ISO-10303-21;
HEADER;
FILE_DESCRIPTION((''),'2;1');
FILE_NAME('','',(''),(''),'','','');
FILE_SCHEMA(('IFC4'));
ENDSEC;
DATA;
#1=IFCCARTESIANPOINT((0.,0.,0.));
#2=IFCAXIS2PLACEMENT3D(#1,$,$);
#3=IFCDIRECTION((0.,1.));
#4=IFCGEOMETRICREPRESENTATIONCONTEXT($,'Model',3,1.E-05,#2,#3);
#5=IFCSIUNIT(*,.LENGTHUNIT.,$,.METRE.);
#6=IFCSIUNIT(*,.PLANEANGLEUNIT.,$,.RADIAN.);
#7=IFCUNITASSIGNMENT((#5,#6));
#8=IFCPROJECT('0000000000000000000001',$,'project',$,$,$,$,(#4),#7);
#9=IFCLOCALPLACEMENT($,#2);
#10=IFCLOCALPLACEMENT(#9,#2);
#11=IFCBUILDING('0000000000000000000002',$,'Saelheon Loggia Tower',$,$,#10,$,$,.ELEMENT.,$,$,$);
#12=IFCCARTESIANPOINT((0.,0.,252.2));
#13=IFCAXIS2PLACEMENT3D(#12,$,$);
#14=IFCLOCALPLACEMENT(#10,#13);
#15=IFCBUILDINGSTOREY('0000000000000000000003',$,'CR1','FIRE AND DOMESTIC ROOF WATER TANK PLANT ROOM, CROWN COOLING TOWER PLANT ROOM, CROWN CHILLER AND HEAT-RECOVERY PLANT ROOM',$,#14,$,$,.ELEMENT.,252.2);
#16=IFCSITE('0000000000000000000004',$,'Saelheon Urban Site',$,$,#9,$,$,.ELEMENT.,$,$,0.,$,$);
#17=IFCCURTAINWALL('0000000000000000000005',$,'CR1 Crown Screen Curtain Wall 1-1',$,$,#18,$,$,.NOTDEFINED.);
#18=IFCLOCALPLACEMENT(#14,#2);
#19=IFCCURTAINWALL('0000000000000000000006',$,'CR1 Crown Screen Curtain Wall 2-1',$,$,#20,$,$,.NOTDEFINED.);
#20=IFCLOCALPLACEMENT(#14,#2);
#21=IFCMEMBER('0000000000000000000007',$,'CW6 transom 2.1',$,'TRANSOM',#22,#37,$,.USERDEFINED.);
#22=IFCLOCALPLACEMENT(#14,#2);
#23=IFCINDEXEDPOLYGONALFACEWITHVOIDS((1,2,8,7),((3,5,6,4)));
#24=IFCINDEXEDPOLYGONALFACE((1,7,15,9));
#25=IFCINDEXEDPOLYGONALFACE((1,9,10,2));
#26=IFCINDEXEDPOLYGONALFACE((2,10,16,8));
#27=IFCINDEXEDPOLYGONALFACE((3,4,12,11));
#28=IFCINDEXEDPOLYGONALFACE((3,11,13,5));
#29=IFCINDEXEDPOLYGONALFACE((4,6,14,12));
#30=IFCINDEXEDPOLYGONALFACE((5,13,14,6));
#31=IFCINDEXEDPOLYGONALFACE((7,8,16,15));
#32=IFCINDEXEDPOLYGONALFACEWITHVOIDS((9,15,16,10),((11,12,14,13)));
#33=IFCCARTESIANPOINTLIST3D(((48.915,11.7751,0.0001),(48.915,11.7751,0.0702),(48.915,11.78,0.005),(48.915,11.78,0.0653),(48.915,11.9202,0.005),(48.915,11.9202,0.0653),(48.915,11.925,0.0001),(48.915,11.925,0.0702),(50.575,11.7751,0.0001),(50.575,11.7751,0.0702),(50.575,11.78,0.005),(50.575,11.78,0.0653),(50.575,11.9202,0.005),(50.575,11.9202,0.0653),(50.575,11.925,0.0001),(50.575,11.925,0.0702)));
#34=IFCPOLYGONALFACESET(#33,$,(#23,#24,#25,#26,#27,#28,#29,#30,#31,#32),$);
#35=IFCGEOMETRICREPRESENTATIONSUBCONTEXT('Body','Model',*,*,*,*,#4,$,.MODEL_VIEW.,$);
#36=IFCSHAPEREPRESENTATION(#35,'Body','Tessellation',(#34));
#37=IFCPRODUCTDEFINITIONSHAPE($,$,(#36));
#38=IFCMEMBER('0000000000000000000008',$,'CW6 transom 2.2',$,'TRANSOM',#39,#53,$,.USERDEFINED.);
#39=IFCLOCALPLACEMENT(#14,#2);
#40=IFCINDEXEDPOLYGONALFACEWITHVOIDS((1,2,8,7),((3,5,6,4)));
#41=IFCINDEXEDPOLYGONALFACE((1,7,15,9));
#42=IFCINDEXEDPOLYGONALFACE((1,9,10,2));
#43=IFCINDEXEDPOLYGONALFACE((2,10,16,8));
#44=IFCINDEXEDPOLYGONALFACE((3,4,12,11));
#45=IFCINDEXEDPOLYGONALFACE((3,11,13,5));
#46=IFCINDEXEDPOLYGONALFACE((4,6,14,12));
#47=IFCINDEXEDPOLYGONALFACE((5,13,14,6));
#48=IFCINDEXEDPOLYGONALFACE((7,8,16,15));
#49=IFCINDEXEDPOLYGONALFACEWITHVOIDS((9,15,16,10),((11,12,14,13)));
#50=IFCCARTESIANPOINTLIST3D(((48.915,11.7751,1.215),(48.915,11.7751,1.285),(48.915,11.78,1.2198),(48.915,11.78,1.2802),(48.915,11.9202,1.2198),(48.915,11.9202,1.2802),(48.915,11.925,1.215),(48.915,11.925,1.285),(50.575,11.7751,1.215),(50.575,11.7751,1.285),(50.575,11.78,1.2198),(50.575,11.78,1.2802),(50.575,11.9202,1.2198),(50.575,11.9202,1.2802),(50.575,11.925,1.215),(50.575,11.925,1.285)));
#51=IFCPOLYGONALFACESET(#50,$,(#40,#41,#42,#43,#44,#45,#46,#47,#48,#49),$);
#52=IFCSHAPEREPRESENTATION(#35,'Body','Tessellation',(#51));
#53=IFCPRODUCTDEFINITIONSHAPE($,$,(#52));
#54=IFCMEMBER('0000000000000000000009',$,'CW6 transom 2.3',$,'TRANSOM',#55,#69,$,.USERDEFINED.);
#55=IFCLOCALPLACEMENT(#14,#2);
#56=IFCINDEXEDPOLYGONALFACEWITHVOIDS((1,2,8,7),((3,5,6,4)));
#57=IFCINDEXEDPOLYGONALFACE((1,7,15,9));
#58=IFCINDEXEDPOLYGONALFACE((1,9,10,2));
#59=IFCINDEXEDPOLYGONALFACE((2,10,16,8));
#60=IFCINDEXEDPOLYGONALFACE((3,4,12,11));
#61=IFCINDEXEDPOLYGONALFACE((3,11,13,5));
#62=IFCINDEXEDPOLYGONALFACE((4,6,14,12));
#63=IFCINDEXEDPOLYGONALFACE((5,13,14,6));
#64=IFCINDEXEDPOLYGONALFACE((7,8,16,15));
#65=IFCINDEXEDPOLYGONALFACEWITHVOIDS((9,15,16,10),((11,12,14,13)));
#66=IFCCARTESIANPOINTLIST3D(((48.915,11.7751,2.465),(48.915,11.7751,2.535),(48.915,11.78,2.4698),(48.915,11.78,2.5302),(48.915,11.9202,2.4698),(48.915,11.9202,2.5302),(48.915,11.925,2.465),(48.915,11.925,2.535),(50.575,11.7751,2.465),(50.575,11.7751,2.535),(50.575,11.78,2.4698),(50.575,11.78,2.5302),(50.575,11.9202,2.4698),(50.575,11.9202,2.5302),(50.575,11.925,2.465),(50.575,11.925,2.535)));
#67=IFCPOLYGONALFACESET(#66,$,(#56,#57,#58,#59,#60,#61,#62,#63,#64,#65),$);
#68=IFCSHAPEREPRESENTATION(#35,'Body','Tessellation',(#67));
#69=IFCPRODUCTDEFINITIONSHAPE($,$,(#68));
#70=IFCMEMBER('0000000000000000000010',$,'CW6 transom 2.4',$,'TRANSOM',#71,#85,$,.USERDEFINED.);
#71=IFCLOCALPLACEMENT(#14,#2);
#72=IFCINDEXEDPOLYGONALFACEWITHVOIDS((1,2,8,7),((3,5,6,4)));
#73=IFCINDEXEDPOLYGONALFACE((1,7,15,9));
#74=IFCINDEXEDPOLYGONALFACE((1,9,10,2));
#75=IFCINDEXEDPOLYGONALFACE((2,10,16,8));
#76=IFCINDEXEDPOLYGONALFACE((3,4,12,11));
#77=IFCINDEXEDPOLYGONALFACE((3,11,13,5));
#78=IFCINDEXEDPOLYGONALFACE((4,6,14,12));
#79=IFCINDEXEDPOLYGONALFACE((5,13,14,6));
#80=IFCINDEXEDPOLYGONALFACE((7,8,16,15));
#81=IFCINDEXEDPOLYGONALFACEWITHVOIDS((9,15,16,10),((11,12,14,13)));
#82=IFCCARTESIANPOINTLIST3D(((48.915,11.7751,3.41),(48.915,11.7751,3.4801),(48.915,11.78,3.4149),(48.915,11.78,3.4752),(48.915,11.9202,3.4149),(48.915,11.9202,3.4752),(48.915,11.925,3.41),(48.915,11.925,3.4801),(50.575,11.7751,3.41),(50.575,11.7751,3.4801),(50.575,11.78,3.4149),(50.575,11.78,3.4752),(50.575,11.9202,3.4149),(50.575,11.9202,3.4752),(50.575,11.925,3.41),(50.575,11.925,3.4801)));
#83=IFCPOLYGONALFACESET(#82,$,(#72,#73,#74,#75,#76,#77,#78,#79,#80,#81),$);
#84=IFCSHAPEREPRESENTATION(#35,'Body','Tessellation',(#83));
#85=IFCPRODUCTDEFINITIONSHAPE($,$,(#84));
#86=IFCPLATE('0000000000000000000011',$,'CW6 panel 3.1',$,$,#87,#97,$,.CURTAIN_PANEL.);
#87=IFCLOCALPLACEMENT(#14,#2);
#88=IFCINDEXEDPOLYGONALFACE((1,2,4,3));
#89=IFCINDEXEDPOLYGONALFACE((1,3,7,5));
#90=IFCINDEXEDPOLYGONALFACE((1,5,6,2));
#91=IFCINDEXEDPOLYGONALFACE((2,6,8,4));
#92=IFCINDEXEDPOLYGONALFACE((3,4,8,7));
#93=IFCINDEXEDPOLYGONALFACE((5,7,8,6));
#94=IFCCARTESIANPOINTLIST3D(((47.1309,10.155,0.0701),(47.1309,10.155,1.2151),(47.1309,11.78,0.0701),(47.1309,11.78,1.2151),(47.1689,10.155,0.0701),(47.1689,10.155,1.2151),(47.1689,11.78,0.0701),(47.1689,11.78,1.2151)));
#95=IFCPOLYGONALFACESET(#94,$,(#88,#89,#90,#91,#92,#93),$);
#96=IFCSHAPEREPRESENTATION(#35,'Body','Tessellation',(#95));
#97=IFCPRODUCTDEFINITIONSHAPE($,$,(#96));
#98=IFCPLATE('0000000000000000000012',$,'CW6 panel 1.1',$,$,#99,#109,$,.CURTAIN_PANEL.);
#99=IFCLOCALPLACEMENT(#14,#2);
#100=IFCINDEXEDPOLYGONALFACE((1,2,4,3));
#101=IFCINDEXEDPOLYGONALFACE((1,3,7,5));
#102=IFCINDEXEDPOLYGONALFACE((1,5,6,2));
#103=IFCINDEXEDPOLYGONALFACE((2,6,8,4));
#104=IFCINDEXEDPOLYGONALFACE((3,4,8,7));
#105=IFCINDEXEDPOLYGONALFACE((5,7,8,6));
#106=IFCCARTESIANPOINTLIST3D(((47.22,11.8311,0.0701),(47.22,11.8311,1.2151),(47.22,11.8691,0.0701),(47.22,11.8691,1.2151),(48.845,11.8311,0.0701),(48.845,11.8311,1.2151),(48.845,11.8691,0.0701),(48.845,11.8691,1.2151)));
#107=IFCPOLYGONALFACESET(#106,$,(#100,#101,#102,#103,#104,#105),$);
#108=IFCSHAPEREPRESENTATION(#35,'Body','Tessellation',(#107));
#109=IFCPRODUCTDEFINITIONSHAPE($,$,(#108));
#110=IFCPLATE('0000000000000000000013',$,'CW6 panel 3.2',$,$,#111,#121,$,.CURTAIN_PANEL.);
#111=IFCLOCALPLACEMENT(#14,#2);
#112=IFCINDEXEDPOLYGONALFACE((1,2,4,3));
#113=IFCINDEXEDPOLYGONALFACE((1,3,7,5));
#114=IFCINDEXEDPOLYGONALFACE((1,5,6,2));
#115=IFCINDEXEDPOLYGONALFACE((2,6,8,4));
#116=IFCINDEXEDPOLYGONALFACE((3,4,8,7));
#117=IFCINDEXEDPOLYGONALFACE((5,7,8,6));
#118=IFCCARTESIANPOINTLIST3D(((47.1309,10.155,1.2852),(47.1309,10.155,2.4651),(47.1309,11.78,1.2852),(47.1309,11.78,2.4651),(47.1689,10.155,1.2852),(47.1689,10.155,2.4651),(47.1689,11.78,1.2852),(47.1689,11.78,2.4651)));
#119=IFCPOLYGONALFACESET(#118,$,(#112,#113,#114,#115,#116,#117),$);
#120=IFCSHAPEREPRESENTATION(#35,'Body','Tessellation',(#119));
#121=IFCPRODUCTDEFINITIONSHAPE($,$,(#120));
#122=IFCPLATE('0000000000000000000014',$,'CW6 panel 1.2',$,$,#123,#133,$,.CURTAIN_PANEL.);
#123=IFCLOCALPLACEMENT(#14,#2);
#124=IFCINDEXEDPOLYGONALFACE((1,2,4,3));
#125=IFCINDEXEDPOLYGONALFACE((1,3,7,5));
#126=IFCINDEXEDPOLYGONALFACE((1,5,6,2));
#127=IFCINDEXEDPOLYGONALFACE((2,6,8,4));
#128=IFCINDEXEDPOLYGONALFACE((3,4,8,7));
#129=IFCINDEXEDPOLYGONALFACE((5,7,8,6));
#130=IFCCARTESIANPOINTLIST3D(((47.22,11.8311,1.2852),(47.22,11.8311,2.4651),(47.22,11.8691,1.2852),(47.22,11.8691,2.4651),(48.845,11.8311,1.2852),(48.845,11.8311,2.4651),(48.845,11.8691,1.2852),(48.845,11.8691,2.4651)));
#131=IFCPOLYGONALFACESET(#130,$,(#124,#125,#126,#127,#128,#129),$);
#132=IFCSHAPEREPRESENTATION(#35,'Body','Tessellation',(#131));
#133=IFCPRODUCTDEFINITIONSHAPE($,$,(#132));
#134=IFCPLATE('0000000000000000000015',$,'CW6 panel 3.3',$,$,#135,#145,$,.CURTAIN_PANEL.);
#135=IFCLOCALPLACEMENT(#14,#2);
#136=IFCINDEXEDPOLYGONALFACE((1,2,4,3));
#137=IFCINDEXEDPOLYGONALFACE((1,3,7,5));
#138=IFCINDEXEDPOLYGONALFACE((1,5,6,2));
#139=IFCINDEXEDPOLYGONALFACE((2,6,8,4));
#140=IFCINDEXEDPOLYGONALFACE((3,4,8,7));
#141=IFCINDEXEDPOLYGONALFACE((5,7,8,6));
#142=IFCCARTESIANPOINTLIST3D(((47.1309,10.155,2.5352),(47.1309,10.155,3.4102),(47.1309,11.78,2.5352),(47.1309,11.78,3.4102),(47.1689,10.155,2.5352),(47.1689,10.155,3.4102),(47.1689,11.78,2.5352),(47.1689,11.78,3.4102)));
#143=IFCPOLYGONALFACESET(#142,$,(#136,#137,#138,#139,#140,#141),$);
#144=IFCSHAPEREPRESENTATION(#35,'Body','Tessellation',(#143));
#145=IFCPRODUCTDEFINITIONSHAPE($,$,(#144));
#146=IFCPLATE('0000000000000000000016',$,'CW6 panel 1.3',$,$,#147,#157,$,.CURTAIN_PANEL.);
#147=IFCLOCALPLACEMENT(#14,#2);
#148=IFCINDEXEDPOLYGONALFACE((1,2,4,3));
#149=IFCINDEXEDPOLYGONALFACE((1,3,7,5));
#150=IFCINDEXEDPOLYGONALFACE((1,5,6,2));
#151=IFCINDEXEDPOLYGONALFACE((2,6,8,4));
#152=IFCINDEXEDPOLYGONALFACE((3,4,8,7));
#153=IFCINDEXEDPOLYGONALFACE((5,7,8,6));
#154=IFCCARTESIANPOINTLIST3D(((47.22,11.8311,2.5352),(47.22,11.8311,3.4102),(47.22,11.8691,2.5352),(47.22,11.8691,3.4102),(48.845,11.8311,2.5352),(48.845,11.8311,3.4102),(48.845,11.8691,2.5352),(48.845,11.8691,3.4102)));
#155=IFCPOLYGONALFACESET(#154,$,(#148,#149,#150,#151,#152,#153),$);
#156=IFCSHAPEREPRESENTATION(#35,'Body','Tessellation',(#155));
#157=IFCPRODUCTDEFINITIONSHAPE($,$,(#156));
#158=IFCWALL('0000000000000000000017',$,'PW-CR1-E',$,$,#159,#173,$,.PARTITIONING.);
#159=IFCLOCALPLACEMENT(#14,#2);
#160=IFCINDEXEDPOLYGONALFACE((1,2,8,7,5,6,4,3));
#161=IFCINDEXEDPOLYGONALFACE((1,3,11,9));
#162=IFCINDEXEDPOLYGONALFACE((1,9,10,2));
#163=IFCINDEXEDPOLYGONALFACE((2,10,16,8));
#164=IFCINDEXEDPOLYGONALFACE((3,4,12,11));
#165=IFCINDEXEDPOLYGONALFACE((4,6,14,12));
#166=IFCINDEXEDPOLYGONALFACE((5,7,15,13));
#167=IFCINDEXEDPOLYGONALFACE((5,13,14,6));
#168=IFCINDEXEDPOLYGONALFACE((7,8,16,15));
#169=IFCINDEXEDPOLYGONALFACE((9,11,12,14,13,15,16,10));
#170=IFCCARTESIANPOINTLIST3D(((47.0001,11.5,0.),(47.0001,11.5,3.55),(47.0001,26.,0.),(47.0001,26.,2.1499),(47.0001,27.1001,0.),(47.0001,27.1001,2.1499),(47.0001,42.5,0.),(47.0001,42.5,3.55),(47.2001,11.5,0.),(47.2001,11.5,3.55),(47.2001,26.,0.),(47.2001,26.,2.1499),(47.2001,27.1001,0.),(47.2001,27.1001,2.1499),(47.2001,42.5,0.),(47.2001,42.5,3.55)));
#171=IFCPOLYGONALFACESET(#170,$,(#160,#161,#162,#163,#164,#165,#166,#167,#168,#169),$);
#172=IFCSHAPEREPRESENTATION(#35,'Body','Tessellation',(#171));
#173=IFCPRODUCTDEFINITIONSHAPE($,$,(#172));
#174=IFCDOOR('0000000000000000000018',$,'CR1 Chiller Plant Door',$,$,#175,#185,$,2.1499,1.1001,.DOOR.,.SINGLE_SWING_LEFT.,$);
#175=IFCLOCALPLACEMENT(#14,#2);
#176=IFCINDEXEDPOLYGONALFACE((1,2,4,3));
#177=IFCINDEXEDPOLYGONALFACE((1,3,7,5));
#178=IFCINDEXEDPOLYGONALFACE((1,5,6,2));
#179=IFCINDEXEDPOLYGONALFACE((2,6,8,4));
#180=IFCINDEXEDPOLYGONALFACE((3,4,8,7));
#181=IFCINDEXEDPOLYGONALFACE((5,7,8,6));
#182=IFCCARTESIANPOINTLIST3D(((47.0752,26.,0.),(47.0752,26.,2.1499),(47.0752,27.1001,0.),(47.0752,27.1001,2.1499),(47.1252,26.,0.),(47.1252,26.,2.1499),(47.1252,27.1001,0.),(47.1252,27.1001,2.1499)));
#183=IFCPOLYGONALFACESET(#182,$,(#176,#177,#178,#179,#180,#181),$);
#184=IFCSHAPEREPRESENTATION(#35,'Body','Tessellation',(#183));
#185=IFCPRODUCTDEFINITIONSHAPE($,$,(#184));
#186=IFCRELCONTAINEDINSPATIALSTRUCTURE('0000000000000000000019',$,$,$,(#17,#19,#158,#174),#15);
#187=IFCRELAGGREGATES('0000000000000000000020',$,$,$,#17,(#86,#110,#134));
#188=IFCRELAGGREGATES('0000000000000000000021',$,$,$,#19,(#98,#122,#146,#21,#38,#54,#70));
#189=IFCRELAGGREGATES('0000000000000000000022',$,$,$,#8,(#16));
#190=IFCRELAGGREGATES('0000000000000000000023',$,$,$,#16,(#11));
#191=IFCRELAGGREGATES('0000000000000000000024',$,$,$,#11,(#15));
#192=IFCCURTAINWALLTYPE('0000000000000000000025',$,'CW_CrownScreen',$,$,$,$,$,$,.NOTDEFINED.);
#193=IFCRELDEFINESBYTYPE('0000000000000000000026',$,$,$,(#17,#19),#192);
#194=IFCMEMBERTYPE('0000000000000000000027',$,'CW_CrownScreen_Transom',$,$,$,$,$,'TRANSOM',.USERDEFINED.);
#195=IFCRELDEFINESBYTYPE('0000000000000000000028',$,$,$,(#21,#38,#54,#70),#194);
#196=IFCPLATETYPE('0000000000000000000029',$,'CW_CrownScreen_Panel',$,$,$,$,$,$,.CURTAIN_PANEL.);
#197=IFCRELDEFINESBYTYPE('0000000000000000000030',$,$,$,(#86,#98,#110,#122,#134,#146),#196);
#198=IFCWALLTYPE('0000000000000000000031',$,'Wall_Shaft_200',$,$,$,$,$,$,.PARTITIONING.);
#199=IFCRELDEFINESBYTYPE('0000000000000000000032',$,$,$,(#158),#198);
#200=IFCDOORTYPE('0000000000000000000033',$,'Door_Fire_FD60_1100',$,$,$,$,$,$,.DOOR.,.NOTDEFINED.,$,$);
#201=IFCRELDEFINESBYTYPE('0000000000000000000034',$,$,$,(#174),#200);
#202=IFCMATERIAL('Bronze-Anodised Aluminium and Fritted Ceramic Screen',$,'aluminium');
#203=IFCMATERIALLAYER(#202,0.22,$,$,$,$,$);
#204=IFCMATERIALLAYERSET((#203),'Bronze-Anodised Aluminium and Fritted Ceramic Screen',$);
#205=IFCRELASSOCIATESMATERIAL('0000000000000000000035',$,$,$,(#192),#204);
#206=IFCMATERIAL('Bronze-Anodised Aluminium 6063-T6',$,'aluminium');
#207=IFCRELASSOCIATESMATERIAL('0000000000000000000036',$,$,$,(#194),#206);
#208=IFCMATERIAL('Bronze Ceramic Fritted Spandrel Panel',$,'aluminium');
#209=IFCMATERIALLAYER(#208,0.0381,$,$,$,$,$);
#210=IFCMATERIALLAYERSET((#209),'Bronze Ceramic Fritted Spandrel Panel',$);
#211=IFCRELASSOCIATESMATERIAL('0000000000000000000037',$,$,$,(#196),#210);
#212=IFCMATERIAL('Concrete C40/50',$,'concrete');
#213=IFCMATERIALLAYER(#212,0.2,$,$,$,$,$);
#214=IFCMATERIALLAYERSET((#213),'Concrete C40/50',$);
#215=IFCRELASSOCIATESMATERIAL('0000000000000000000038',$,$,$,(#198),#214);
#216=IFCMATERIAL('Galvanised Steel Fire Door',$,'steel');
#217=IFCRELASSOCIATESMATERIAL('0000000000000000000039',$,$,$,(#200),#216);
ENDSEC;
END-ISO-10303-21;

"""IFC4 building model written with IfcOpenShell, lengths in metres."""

from ifc_helpers import new_model, si_unit, direction, frame, frame_2d, origin, origin_2d, place, context, subcontext, project, spatial, rectangle, hollow_rectangle, extrude, source, transform, mapped, material, layer, layer_set, material_profile, profile_set, type_object, element, fill, aggregate, save


model = new_model("IFC4")

# Units and contexts
model_context = context("Model", 3, precision=1e-05, world=origin(), true_north=direction((0.0, 1.0)))
body_context = subcontext(model_context, "Body", "Model", "MODEL_VIEW")
ifc_project = project(units=[si_unit("LENGTHUNIT", "METRE"), si_unit("PLANEANGLEUNIT", "RADIAN")], contexts=[model_context])

# Site, building, storey
site_placement = place(None, origin())
site = spatial("IfcSite", under=ifc_project, at=site_placement, Name="Saelheon Urban Site", CompositionType="ELEMENT", RefElevation=0.0)
building_placement = place(site_placement, origin())
building = spatial("IfcBuilding", under=site, at=building_placement, Name="Saelheon Loggia Tower", CompositionType="ELEMENT")
storey_placement = place(building_placement, frame((0.0, 0.0, 252.2)))
storey = spatial("IfcBuildingStorey", under=building, at=storey_placement, Name="CR1", Description="FIRE AND DOMESTIC ROOF WATER TANK PLANT ROOM, CROWN COOLING TOWER PLANT ROOM, CROWN CHILLER AND HEAT-RECOVERY PLANT ROOM", CompositionType="ELEMENT", Elevation=252.2)

# Curtain wall
ifc_material_1 = material(Name="Bronze-Anodised Aluminium and Fritted Ceramic Screen", Category="aluminium")
ifc_layer_1 = layer(ifc_material_1, 0.22)
ifc_layer_set_1 = layer_set([ifc_layer_1], Name="Bronze-Anodised Aluminium and Fritted Ceramic Screen")
curtain_wall_type = type_object("IfcCurtainWallType", Name="CW_CrownScreen", PredefinedType="NOTDEFINED", material=ifc_layer_set_1)
curtain_wall_1_placement = place(storey_placement, origin())
curtain_wall_1 = element("IfcCurtainWall", 1, at=curtain_wall_1_placement, inside=storey, type_object=curtain_wall_type, Name="CR1 Crown Screen Curtain Wall 1-1", PredefinedType="NOTDEFINED")
ifc_material_2 = material(Name="Bronze-Anodised Aluminium 6063-T6", Category="aluminium")

# Curtain wall
curtain_wall_2_placement = place(storey_placement, origin())
curtain_wall_2 = element("IfcCurtainWall", 2, at=curtain_wall_2_placement, inside=storey, type_object=curtain_wall_type, Name="CR1 Crown Screen Curtain Wall 2-1", PredefinedType="NOTDEFINED")

# Members
ifc_material_profile_1 = material_profile(ifc_material_2, hollow_rectangle(XDim=0.0701, YDim=0.1499, WallThickness=0.0049, at=origin_2d()), Name="RHS-150x70x5")
ifc_profile_set_1 = profile_set([ifc_material_profile_1], Name="Bronze-Anodised Aluminium 6063-T6")
member_type_1 = type_object("IfcMemberType", Name="CW_CrownScreen_Transom", ElementType="TRANSOM", PredefinedType="USERDEFINED", material=ifc_profile_set_1)
shared_shape_1 = source(origin(), body_context, "Body", "SweptSolid", [
    extrude(hollow_rectangle(XDim=0.0701, YDim=0.1499, WallThickness=0.0049, at=origin_2d()), origin(), (0.0, 0.0, 1.0), 1.6599),
])
member_1_placement = place(storey_placement, frame((48.915, 11.8501, 0.0352), z_axis=(1.0, 0.0, 0.0), x_axis=(0.0, 0.0, 1.0)))
member_1 = element("IfcMember", 3, at=member_1_placement, type_object=member_type_1, Name="CW6 transom 2.1", ObjectType="TRANSOM", PredefinedType="USERDEFINED", context=body_context, shape_type="MappedRepresentation", body=[
    mapped(shared_shape_1, transform((0.0, 0.0, 0.0), scale=1.0)),
])
member_2_placement = place(storey_placement, frame((48.915, 11.8501, 1.25), z_axis=(1.0, 0.0, 0.0), x_axis=(0.0, 0.0, 1.0)))
member_2 = element("IfcMember", 4, at=member_2_placement, type_object=member_type_1, Name="CW6 transom 2.2", ObjectType="TRANSOM", PredefinedType="USERDEFINED", context=body_context, shape_type="MappedRepresentation", body=[
    mapped(shared_shape_1, transform((0.0, 0.0, 0.0), scale=1.0)),
])
member_3_placement = place(storey_placement, frame((48.915, 11.8501, 2.5), z_axis=(1.0, 0.0, 0.0), x_axis=(0.0, 0.0, 1.0)))
member_3 = element("IfcMember", 5, at=member_3_placement, type_object=member_type_1, Name="CW6 transom 2.3", ObjectType="TRANSOM", PredefinedType="USERDEFINED", context=body_context, shape_type="MappedRepresentation", body=[
    mapped(shared_shape_1, transform((0.0, 0.0, 0.0), scale=1.0)),
])
member_4_placement = place(storey_placement, frame((48.915, 11.8501, 3.4451), z_axis=(1.0, 0.0, 0.0), x_axis=(0.0, 0.0, 1.0)))
member_4 = element("IfcMember", 6, at=member_4_placement, type_object=member_type_1, Name="CW6 transom 2.4", ObjectType="TRANSOM", PredefinedType="USERDEFINED", context=body_context, shape_type="MappedRepresentation", body=[
    mapped(shared_shape_1, transform((0.0, 0.0, 0.0), scale=1.0)),
])

# Plates
ifc_material_3 = material(Name="Bronze Ceramic Fritted Spandrel Panel", Category="aluminium")
ifc_layer_2 = layer(ifc_material_3, 0.0381)
ifc_layer_set_2 = layer_set([ifc_layer_2], Name="Bronze Ceramic Fritted Spandrel Panel")
plate_type = type_object("IfcPlateType", Name="CW_CrownScreen_Panel", PredefinedType="CURTAIN_PANEL", material=ifc_layer_set_2)
shared_shape_2 = source(origin(), body_context, "Body", "SweptSolid", [
    extrude(rectangle(XDim=1.625, YDim=0.0381, at=origin_2d()), origin(), (0.0, 0.0, 1.0), 1.145),
])
plate_1_placement = place(storey_placement, frame((47.1499, 10.9675, 0.0701), z_axis=(0.0, 0.0, 1.0), x_axis=(0.0, 1.0, 0.0)))
plate_1 = element("IfcPlate", 7, at=plate_1_placement, type_object=plate_type, Name="CW6 panel 3.1", PredefinedType="CURTAIN_PANEL", context=body_context, shape_type="MappedRepresentation", body=[
    mapped(shared_shape_2, transform((0.0, 0.0, 0.0), scale=1.0)),
])
plate_2_placement = place(storey_placement, frame((48.0325, 11.8501, 0.0701), z_axis=(0.0, 0.0, 1.0), x_axis=(1.0, 0.0, 0.0)))
plate_2 = element("IfcPlate", 8, at=plate_2_placement, type_object=plate_type, Name="CW6 panel 1.1", PredefinedType="CURTAIN_PANEL", context=body_context, shape_type="MappedRepresentation", body=[
    mapped(shared_shape_2, transform((0.0, 0.0, 0.0), scale=1.0)),
])
shared_shape_3 = source(origin(), body_context, "Body", "SweptSolid", [
    extrude(rectangle(XDim=1.625, YDim=0.0381, at=origin_2d()), origin(), (0.0, 0.0, 1.0), 1.1799),
])
plate_3_placement = place(storey_placement, frame((47.1499, 10.9675, 1.2852), z_axis=(0.0, 0.0, 1.0), x_axis=(0.0, 1.0, 0.0)))
plate_3 = element("IfcPlate", 9, at=plate_3_placement, type_object=plate_type, Name="CW6 panel 3.2", PredefinedType="CURTAIN_PANEL", context=body_context, shape_type="MappedRepresentation", body=[
    mapped(shared_shape_3, transform((0.0, 0.0, 0.0), scale=1.0)),
])
plate_4_placement = place(storey_placement, frame((48.0325, 11.8501, 1.2852), z_axis=(0.0, 0.0, 1.0), x_axis=(1.0, 0.0, 0.0)))
plate_4 = element("IfcPlate", 10, at=plate_4_placement, type_object=plate_type, Name="CW6 panel 1.2", PredefinedType="CURTAIN_PANEL", context=body_context, shape_type="MappedRepresentation", body=[
    mapped(shared_shape_3, transform((0.0, 0.0, 0.0), scale=1.0)),
])
shared_shape_4 = source(origin(), body_context, "Body", "SweptSolid", [
    extrude(rectangle(XDim=1.625, YDim=0.0381, at=origin_2d()), origin(), (0.0, 0.0, 1.0), 0.875),
])
plate_5_placement = place(storey_placement, frame((47.1499, 10.9675, 2.5352), z_axis=(0.0, 0.0, 1.0), x_axis=(0.0, 1.0, 0.0)))
plate_5 = element("IfcPlate", 11, at=plate_5_placement, type_object=plate_type, Name="CW6 panel 3.3", PredefinedType="CURTAIN_PANEL", context=body_context, shape_type="MappedRepresentation", body=[
    mapped(shared_shape_4, transform((0.0, 0.0, 0.0), scale=1.0)),
])
aggregate(curtain_wall_1, [plate_1, plate_3, plate_5])
plate_6_placement = place(storey_placement, frame((48.0325, 11.8501, 2.5352), z_axis=(0.0, 0.0, 1.0), x_axis=(1.0, 0.0, 0.0)))
plate_6 = element("IfcPlate", 12, at=plate_6_placement, type_object=plate_type, Name="CW6 panel 1.3", PredefinedType="CURTAIN_PANEL", context=body_context, shape_type="MappedRepresentation", body=[
    mapped(shared_shape_4, transform((0.0, 0.0, 0.0), scale=1.0)),
])
aggregate(curtain_wall_2, [plate_2, plate_4, plate_6, member_1, member_2, member_3, member_4])

# Wall, opening, door
ifc_material_4 = material(Name="Concrete C40/50", Category="concrete")
ifc_layer_3 = layer(ifc_material_4, 0.2)
ifc_layer_set_3 = layer_set([ifc_layer_3], Name="Concrete C40/50")
wall_type = type_object("IfcWallType", Name="Wall_Shaft_200", PredefinedType="PARTITIONING", material=ifc_layer_set_3)
wall_placement = place(storey_placement, frame((47.1001, 11.5, 0.0), z_axis=(0.0, 0.0, 1.0), x_axis=(0.0, 1.0, 0.0)))
wall = element("IfcWall", 13, at=wall_placement, inside=storey, type_object=wall_type, Name="PW-CR1-E", PredefinedType="PARTITIONING", context=body_context, shape_type="SweptSolid", body=[
    extrude(rectangle(XDim=31.0, YDim=0.2, at=frame_2d((15.5, 0.0))), origin(), (0.0, 0.0, 1.0), 3.55),
])
opening_placement = place(wall_placement, frame((14.5, 0.0, 0.0)))
opening = element("IfcOpeningElement", 14, at=opening_placement, cuts=wall, PredefinedType="OPENING", context=body_context, shape_type="SweptSolid", body=[
    extrude(rectangle(XDim=1.1001, YDim=2.1499, at=frame_2d((0.55, 1.075))), frame((0.0, 0.1121, 0.0), z_axis=(0.0, -1.0, 0.0), x_axis=(1.0, 0.0, 0.0)), (0.0, 0.0, 1.0), 0.2239),
])
ifc_material_5 = material(Name="Galvanised Steel Fire Door", Category="steel")
door_type = type_object("IfcDoorType", Name="Door_Fire_FD60_1100", OperationType="NOTDEFINED", PredefinedType="DOOR", material=ifc_material_5)
shared_shape_5 = source(origin(), body_context, "Body", "SweptSolid", [
    extrude(rectangle(XDim=1.1001, YDim=2.1499, at=frame_2d((0.55, 1.075))), frame((0.0, 0.0249, 0.0), z_axis=(0.0, -1.0, 0.0), x_axis=(1.0, 0.0, 0.0)), (0.0, 0.0, 1.0), 0.05),
])
door_placement = place(opening_placement, origin())
door = element("IfcDoor", 15, at=door_placement, inside=storey, type_object=door_type, Name="CR1 Chiller Plant Door", OperationType="SINGLE_SWING_LEFT", OverallHeight=2.1499, OverallWidth=1.1001, PredefinedType="DOOR", context=body_context, shape_type="MappedRepresentation", body=[
    mapped(shared_shape_5, transform((0.0, 0.0, 0.0), scale=1.0)),
])
fill(opening, door)

save(model, "model.ifc")
